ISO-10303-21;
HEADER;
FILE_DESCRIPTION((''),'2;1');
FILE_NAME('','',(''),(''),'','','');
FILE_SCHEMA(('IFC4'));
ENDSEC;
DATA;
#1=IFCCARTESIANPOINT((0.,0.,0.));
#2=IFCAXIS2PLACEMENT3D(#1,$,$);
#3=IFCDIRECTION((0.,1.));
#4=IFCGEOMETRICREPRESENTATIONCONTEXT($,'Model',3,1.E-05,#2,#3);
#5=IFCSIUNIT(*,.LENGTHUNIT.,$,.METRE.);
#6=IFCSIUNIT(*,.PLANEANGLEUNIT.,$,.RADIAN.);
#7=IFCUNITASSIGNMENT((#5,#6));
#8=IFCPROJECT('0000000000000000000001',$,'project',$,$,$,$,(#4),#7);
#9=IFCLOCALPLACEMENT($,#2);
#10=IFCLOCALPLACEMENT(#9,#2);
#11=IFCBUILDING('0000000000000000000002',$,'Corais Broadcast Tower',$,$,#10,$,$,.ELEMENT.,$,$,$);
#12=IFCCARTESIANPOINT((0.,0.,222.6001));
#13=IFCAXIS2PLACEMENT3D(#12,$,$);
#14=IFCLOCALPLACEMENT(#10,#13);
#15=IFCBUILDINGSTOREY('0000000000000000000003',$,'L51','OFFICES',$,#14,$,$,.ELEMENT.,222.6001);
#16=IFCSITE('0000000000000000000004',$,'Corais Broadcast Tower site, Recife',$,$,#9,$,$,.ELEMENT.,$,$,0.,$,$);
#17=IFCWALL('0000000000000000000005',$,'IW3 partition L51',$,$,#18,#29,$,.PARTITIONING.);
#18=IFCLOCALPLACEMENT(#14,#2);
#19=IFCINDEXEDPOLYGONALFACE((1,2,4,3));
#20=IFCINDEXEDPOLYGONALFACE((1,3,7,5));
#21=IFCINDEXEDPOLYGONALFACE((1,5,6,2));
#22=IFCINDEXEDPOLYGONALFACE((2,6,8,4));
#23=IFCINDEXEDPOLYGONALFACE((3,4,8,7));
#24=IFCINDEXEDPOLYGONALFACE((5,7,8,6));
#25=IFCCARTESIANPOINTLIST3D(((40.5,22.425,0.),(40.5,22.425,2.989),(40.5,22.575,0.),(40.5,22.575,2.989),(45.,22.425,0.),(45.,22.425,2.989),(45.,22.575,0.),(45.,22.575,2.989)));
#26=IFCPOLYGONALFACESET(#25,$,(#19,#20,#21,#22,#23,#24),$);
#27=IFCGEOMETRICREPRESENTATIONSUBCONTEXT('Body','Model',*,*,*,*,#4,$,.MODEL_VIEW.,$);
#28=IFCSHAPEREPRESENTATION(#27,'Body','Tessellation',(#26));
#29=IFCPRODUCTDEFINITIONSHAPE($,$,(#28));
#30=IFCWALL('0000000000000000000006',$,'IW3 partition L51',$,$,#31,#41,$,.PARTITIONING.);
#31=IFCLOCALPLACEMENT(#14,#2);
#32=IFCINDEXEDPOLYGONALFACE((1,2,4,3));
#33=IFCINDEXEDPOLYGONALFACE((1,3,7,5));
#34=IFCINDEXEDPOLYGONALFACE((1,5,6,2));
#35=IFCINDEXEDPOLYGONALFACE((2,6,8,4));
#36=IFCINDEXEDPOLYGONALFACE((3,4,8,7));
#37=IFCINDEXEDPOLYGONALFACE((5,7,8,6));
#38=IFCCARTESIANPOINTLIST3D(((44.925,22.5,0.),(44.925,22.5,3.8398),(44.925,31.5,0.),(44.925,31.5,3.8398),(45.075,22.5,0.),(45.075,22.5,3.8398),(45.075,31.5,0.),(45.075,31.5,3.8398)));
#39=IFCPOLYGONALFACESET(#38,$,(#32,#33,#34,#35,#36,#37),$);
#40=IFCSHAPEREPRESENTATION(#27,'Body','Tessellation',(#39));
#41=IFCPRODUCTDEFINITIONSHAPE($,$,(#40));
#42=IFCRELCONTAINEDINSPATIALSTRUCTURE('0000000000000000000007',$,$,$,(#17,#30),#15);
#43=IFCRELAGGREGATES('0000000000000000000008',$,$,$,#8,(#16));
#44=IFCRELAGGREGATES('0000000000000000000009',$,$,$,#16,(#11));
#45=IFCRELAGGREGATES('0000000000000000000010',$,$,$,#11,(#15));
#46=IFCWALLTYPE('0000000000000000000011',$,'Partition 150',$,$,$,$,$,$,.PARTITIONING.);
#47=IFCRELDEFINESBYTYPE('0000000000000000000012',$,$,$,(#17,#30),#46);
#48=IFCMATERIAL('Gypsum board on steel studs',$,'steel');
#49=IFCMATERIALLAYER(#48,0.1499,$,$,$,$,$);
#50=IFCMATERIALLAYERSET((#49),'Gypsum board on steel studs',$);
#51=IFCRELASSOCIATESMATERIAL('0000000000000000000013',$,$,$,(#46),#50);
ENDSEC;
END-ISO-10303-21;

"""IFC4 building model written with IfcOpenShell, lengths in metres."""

from ifc_helpers import new_model, si_unit, direction, frame, frame_2d, origin, place, context, subcontext, project, spatial, rectangle, extrude, material, layer, layer_set, type_object, element, save


model = new_model("IFC4")

# Units and contexts
model_context = context("Model", 3, precision=1e-05, world=origin(), true_north=direction((0.0, 1.0)))
body_context = subcontext(model_context, "Body", "Model", "MODEL_VIEW")
ifc_project = project(units=[si_unit("LENGTHUNIT", "METRE"), si_unit("PLANEANGLEUNIT", "RADIAN")], contexts=[model_context])

# Site, building, storey
site_placement = place(None, origin())
site = spatial("IfcSite", under=ifc_project, at=site_placement, Name="Corais Broadcast Tower site, Recife", CompositionType="ELEMENT", RefElevation=0.0)
building_placement = place(site_placement, origin())
building = spatial("IfcBuilding", under=site, at=building_placement, Name="Corais Broadcast Tower", CompositionType="ELEMENT")
storey_placement = place(building_placement, frame((0.0, 0.0, 222.6001)))
storey = spatial("IfcBuildingStorey", under=building, at=storey_placement, Name="L51", Description="OFFICES", CompositionType="ELEMENT", Elevation=222.6001)

# Shared definitions
ifc_material_1 = material(Name="Gypsum board on steel studs", Category="steel")
ifc_layer_1 = layer(ifc_material_1, 0.1499)
ifc_layer_set_1 = layer_set([ifc_layer_1], Name="Gypsum board on steel studs")
wall_type = type_object("IfcWallType", Name="Partition 150", PredefinedType="PARTITIONING", material=ifc_layer_set_1)

# Walls
wall_1_placement = place(storey_placement, frame((40.5, 22.5, 0.0), z_axis=(0.0, 0.0, 1.0), x_axis=(1.0, 0.0, 0.0)))
element("IfcWall", 1, at=wall_1_placement, inside=storey, type_object=wall_type, Name="IW3 partition L51", PredefinedType="PARTITIONING", context=body_context, shape_type="SweptSolid", body=[
    extrude(rectangle(XDim=4.5, YDim=0.1499, at=frame_2d((2.25, 0.0))), origin(), (0.0, 0.0, 1.0), 2.989),
])
wall_2_placement = place(storey_placement, frame((45.0, 22.5, 0.0), z_axis=(0.0, 0.0, 1.0), x_axis=(0.0, 1.0, 0.0)))
element("IfcWall", 2, at=wall_2_placement, inside=storey, type_object=wall_type, Name="IW3 partition L51", PredefinedType="PARTITIONING", context=body_context, shape_type="SweptSolid", body=[
    extrude(rectangle(XDim=9.0, YDim=0.1499, at=frame_2d((4.5, 0.0))), origin(), (0.0, 0.0, 1.0), 3.8398),
])

save(model, "model.ifc")
